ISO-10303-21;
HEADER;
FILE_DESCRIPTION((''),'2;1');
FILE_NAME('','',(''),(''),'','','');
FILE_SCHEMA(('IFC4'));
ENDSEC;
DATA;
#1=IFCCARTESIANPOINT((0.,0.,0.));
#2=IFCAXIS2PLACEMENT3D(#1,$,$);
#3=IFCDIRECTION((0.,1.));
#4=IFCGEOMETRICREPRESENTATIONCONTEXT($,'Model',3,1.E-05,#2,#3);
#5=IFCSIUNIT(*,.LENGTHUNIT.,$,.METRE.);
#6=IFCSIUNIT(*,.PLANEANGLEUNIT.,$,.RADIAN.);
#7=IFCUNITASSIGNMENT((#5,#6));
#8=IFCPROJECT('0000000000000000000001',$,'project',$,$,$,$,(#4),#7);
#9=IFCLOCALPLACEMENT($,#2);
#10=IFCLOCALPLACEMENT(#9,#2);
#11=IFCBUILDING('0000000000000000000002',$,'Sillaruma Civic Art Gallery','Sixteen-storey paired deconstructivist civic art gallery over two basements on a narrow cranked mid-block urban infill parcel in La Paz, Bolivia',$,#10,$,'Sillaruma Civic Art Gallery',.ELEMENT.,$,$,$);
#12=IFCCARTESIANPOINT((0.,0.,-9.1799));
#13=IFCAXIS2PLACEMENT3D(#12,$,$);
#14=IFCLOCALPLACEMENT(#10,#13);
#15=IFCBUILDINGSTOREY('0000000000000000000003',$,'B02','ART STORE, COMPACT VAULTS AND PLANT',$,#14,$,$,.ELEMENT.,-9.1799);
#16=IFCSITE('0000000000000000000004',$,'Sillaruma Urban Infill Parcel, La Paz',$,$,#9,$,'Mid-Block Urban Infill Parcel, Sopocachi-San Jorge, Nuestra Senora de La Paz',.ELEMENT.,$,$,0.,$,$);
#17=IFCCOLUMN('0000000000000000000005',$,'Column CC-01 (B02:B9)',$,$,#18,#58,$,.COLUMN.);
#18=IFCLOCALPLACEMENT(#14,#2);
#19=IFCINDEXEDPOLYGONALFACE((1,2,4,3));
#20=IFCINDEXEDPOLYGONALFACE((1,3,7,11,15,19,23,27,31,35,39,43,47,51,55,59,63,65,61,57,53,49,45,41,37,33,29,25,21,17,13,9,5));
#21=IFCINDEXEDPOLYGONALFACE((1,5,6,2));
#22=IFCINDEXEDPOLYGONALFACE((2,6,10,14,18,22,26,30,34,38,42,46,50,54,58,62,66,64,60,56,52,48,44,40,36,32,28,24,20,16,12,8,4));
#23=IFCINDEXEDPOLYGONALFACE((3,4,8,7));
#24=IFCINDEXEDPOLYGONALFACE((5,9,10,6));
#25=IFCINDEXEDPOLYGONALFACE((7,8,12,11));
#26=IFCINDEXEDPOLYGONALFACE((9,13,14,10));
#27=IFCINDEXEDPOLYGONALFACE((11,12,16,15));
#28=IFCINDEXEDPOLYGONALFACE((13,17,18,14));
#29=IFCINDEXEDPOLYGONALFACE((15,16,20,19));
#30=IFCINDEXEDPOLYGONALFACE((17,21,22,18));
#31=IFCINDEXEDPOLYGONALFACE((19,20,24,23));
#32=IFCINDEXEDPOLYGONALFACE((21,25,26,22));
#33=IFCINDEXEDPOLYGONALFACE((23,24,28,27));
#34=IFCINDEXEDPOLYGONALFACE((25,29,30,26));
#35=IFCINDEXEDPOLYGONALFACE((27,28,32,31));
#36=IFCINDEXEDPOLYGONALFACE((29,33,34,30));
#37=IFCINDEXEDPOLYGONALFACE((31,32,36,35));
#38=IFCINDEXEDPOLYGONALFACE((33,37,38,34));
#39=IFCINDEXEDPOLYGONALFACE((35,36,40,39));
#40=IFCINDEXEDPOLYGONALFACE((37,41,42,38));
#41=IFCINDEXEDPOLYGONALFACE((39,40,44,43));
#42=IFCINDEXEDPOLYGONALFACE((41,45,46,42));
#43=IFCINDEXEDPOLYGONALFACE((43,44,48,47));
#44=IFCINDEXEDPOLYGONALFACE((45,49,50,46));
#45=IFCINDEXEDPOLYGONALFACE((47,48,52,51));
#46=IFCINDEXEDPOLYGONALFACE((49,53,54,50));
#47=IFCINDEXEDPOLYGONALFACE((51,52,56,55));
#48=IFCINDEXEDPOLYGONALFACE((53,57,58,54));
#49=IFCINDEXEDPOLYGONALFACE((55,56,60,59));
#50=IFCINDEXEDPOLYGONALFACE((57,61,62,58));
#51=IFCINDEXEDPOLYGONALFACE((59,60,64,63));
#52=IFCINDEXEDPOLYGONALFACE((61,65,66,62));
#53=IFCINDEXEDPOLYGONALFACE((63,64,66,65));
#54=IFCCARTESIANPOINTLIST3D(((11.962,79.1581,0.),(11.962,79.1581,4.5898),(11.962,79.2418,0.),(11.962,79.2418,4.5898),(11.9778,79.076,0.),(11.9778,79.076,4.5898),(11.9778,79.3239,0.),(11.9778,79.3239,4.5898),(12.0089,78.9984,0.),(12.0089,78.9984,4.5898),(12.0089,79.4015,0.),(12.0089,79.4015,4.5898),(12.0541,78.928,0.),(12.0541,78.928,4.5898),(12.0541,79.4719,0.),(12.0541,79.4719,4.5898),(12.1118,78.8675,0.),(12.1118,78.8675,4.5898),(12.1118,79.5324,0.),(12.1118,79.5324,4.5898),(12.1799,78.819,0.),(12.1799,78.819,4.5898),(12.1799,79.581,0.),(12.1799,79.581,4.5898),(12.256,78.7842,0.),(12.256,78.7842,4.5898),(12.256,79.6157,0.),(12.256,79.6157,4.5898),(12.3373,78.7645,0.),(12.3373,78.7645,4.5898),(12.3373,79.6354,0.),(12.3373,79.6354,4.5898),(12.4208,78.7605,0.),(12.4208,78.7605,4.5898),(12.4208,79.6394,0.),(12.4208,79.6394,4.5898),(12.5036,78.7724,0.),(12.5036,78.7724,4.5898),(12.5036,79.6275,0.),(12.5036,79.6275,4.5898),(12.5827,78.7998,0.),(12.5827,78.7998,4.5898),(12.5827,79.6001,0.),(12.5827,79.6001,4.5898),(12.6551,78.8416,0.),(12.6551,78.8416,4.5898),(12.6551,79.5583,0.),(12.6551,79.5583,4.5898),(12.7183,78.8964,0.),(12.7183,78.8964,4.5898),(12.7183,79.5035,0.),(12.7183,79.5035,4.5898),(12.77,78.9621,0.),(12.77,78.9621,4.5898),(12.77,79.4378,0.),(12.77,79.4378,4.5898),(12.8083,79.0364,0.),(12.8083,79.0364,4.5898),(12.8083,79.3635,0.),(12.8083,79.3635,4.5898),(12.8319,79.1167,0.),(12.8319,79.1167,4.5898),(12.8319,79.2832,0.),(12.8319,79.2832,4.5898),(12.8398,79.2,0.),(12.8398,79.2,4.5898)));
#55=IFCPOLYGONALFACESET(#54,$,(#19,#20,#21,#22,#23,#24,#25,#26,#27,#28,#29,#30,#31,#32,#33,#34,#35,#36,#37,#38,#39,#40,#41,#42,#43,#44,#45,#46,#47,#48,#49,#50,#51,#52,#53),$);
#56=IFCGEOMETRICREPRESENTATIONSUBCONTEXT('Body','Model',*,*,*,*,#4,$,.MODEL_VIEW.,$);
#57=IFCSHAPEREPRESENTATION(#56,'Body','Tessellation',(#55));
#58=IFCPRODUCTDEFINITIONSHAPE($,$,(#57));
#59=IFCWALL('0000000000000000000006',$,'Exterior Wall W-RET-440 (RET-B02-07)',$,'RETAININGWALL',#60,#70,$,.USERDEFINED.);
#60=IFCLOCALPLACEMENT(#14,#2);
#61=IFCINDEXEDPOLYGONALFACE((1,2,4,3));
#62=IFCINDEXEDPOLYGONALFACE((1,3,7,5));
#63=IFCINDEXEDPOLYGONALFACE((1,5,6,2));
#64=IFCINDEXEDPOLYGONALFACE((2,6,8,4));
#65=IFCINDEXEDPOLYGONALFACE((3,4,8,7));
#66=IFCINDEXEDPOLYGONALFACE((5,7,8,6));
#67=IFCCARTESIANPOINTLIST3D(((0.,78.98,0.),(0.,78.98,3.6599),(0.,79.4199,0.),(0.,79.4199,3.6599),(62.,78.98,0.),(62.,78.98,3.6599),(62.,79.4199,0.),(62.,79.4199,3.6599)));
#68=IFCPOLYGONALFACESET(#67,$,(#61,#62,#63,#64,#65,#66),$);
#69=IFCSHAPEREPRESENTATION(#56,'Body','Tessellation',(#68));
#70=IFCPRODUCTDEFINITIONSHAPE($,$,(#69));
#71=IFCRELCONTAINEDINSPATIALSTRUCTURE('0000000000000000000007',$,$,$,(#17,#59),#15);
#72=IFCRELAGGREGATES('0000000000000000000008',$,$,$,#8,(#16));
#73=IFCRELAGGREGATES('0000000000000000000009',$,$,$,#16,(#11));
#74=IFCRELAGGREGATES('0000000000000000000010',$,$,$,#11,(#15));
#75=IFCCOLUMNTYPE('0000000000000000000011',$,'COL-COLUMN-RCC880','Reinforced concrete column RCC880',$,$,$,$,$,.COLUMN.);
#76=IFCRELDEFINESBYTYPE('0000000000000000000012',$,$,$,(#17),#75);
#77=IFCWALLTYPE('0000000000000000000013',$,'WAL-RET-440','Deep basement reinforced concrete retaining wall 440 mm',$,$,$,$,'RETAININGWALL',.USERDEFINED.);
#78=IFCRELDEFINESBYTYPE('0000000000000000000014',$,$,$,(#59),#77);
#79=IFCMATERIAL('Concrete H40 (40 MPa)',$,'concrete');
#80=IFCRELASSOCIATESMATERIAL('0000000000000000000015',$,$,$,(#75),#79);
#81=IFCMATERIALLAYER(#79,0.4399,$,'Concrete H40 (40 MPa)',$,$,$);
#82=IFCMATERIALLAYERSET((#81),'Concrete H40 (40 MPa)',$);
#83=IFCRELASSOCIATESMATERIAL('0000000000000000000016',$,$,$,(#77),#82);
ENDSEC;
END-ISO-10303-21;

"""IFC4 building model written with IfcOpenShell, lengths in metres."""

from ifc_helpers import new_model, si_unit, direction, frame, frame_2d, origin, origin_2d, place, context, subcontext, project, spatial, rectangle, circle, extrude, material, layer, layer_set, material_profile, profile_set, type_object, element, save


model = new_model("IFC4")

# Units and contexts
model_context = context("Model", 3, precision=1e-05, world=origin(), true_north=direction((0.0, 1.0)))
body_context = subcontext(model_context, "Body", "Model", "MODEL_VIEW")
ifc_project = project(units=[si_unit("LENGTHUNIT", "METRE"), si_unit("PLANEANGLEUNIT", "RADIAN")], contexts=[model_context])

# Site, building, storey
site_placement = place(None, origin())
site = spatial("IfcSite", under=ifc_project, at=site_placement, Name="Sillaruma Urban Infill Parcel, La Paz", LongName="Mid-Block Urban Infill Parcel, Sopocachi-San Jorge, Nuestra Senora de La Paz", CompositionType="ELEMENT", RefElevation=0.0)
building_placement = place(site_placement, origin())
building = spatial("IfcBuilding", under=site, at=building_placement, Name="Sillaruma Civic Art Gallery", Description="Sixteen-storey paired deconstructivist civic art gallery over two basements on a narrow cranked mid-block urban infill parcel in La Paz, Bolivia", LongName="Sillaruma Civic Art Gallery", CompositionType="ELEMENT")
storey_placement = place(building_placement, frame((0.0, 0.0, -9.1799)))
storey = spatial("IfcBuildingStorey", under=building, at=storey_placement, Name="B02", Description="ART STORE, COMPACT VAULTS AND PLANT", CompositionType="ELEMENT", Elevation=-9.1799)

# Column
ifc_material_1 = material(Name="Concrete H40 (40 MPa)", Category="concrete")
ifc_material_profile_1 = material_profile(ifc_material_1, circle(Radius=0.4399, at=origin_2d()), Name="RCC880")
ifc_profile_set_1 = profile_set([ifc_material_profile_1], Name="Concrete H40 (40 MPa)")
column_type_1 = type_object("IfcColumnType", Name="COL-COLUMN-RCC880", Description="Reinforced concrete column RCC880", PredefinedType="COLUMN", material=ifc_profile_set_1)
column_placement = place(storey_placement, frame((12.3999, 79.2, 0.0), z_axis=(0.0, 0.0, 1.0), x_axis=(1.0, 0.0, 0.0)))
element("IfcColumn", 1, at=column_placement, inside=storey, type_object=column_type_1, Name="Column CC-01 (B02:B9)", PredefinedType="COLUMN", context=body_context, shape_type="SweptSolid", body=[
    extrude(circle(Radius=0.4399, at=origin_2d()), origin(), (0.0, 0.0, 1.0), 4.5898),
])

# Wall
ifc_layer_1 = layer(ifc_material_1, 0.4399, Name="Concrete H40 (40 MPa)")
ifc_layer_set_1 = layer_set([ifc_layer_1], Name="Concrete H40 (40 MPa)")
wall_type = type_object("IfcWallType", Name="WAL-RET-440", Description="Deep basement reinforced concrete retaining wall 440 mm", ElementType="RETAININGWALL", PredefinedType="USERDEFINED", material=ifc_layer_set_1)
wall_placement = place(storey_placement, frame((0.0, 79.2, 0.0), z_axis=(0.0, 0.0, 1.0), x_axis=(1.0, 0.0, 0.0)))
element("IfcWall", 2, at=wall_placement, inside=storey, type_object=wall_type, Name="Exterior Wall W-RET-440 (RET-B02-07)", ObjectType="RETAININGWALL", PredefinedType="USERDEFINED", context=body_context, shape_type="SweptSolid", body=[
    extrude(rectangle(XDim=62.0, YDim=0.4399, at=frame_2d((31.0, 0.0))), origin(), (0.0, 0.0, 1.0), 3.6599),
])

save(model, "model.ifc")
